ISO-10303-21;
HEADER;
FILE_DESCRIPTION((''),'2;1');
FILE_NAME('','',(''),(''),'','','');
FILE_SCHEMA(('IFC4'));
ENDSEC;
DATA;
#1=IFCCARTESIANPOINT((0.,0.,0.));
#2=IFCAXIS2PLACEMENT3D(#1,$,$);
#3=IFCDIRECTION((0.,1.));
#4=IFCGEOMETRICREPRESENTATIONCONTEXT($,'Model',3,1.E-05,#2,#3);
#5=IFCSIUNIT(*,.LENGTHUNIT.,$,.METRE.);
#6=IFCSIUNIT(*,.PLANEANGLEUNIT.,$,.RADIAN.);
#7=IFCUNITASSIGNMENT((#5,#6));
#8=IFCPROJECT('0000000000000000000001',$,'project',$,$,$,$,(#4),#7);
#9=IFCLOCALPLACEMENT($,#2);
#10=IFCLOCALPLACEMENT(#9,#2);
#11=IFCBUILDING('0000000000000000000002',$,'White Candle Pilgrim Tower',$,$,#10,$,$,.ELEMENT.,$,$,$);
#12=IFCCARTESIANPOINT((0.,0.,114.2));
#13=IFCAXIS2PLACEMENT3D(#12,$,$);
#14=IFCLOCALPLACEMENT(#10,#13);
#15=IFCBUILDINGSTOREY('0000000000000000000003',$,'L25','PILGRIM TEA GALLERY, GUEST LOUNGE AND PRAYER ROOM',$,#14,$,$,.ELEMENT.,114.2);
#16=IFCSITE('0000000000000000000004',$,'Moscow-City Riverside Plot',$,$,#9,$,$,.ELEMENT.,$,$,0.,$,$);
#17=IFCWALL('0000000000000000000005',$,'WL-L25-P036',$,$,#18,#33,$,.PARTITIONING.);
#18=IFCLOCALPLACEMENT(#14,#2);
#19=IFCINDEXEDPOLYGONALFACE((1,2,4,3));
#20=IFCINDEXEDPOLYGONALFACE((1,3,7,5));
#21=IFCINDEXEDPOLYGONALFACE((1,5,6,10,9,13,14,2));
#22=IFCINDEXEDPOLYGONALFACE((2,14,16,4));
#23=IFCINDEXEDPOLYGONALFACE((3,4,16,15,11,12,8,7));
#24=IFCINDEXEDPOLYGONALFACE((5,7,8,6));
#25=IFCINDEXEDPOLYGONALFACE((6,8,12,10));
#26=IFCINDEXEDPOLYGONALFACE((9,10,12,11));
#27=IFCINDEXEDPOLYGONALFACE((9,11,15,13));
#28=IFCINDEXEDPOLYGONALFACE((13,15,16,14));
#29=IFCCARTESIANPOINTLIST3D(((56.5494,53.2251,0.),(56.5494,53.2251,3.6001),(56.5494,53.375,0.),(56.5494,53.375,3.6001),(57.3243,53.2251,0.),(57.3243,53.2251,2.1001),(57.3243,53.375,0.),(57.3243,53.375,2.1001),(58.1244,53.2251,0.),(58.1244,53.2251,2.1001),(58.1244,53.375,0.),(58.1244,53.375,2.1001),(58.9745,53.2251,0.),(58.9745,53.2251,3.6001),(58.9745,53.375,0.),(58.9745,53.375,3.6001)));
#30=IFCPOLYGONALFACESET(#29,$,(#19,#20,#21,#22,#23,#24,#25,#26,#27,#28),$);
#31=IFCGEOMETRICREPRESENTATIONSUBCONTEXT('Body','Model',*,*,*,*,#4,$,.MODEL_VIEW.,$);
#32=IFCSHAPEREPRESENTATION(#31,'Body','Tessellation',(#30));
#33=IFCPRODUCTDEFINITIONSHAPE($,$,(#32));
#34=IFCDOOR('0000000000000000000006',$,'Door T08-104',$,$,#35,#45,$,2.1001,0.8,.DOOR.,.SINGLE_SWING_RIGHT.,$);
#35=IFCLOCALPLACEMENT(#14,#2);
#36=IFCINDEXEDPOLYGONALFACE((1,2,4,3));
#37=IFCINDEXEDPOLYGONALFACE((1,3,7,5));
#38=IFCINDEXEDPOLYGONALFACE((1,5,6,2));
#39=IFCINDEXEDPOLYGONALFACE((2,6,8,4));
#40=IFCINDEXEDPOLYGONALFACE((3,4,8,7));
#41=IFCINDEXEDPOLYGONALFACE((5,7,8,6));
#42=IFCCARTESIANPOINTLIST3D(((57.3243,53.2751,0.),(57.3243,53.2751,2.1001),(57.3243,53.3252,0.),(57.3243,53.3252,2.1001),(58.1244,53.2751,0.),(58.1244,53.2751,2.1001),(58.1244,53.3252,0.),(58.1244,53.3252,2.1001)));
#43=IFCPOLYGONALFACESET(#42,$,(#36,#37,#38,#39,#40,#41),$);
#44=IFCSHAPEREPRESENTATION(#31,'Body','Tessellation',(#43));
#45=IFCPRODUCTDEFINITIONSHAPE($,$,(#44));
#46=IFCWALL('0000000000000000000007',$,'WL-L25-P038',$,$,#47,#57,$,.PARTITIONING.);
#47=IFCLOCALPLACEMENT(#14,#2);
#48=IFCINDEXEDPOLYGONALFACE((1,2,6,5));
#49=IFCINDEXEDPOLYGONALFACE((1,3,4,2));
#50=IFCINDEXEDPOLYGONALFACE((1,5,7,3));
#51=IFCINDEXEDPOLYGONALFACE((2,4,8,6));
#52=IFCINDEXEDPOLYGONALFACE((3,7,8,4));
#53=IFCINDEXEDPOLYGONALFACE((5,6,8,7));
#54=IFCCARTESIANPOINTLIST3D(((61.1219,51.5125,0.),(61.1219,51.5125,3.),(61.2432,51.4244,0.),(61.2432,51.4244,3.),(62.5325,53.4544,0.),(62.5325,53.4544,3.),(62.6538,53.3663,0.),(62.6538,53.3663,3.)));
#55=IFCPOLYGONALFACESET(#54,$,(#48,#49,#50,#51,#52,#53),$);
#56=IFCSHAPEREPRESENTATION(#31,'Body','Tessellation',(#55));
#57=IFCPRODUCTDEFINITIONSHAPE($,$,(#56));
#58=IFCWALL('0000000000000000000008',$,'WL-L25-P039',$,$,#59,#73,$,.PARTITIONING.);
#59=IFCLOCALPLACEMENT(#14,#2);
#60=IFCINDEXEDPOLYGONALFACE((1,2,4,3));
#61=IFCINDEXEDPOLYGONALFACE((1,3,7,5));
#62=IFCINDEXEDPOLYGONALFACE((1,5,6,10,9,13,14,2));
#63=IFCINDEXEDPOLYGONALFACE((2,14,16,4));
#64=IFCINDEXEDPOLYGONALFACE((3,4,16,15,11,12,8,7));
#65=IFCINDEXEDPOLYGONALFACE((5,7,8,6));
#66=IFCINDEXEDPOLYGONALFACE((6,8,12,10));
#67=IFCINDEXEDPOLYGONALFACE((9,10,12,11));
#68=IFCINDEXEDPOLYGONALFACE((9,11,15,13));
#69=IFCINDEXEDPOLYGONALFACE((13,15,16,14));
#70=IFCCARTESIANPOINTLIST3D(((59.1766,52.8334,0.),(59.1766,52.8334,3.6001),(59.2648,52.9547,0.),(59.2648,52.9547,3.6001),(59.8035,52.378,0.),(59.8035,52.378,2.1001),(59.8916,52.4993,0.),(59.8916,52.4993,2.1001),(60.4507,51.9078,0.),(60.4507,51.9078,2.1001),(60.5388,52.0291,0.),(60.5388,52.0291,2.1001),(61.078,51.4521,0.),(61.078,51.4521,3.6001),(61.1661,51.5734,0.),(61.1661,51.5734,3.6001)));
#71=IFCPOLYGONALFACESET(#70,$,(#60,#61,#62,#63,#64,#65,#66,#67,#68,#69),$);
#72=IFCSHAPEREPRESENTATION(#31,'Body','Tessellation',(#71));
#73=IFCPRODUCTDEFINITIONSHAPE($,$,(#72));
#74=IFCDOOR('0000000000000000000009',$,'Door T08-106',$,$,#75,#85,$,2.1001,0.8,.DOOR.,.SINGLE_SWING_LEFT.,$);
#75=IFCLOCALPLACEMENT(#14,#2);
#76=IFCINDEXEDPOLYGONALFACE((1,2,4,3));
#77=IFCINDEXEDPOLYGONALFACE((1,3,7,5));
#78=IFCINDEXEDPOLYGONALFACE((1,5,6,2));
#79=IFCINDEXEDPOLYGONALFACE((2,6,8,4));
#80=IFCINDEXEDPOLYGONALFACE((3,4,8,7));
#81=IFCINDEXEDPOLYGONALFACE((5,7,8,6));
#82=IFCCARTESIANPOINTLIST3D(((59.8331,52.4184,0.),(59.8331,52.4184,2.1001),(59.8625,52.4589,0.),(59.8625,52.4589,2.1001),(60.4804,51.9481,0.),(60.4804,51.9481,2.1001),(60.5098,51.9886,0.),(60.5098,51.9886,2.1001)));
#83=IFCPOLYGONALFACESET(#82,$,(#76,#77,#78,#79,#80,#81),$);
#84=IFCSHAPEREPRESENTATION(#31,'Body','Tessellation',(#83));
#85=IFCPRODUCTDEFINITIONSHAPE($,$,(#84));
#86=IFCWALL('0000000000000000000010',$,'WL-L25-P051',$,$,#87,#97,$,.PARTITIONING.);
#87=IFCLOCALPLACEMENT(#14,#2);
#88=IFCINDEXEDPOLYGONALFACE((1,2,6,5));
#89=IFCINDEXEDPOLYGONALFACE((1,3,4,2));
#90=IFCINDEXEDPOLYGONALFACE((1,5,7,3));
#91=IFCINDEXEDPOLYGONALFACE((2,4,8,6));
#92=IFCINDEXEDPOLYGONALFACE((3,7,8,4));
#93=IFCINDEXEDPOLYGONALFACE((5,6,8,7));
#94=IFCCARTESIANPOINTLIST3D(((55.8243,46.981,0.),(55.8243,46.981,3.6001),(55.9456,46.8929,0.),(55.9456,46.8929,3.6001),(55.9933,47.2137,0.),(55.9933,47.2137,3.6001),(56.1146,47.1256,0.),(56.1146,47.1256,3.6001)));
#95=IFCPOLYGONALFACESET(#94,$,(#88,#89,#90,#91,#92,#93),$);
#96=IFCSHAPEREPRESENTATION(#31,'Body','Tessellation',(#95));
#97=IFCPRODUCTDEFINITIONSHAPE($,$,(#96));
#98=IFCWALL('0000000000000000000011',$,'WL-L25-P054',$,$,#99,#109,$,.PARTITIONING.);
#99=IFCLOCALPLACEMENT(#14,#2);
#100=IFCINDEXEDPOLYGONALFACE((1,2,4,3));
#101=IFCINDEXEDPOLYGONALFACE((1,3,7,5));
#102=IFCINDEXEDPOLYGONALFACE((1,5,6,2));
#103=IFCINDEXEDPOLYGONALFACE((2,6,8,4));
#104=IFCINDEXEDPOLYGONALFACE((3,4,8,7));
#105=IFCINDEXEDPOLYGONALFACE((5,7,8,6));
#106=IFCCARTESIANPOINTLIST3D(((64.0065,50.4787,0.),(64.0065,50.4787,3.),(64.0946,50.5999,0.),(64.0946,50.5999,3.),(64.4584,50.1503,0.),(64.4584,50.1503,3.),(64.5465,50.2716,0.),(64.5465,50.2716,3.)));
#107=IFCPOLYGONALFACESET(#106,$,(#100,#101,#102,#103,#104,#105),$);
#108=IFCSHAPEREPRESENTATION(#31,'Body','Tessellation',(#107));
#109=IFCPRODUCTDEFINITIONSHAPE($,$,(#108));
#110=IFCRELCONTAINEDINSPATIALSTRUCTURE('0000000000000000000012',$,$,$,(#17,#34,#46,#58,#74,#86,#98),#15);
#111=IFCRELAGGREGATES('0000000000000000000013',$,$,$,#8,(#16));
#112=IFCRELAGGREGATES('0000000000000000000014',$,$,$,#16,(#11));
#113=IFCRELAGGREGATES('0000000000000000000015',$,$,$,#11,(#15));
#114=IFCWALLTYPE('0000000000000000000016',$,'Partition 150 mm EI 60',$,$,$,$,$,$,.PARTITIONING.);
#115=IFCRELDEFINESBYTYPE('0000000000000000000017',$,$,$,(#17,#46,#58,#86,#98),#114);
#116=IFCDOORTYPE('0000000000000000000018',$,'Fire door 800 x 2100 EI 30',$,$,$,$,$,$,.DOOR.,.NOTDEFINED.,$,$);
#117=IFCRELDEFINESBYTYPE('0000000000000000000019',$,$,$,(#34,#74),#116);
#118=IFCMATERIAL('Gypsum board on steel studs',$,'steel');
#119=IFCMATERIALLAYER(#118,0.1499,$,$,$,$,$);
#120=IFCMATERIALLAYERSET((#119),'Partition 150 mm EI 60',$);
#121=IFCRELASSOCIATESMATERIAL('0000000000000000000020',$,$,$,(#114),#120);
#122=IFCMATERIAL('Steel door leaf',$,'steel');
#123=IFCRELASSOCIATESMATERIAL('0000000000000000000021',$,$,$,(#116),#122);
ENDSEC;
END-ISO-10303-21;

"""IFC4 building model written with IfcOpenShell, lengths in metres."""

from ifc_helpers import new_model, si_unit, direction, frame, frame_2d, origin, place, context, subcontext, project, spatial, rectangle, extrude, material, layer, layer_set, type_object, element, fill, save


model = new_model("IFC4")

# Units and contexts
model_context = context("Model", 3, precision=1e-05, world=origin(), true_north=direction((0.0, 1.0)))
body_context = subcontext(model_context, "Body", "Model", "MODEL_VIEW")
ifc_project = project(units=[si_unit("LENGTHUNIT", "METRE"), si_unit("PLANEANGLEUNIT", "RADIAN")], contexts=[model_context])

# Site, building, storey
site_placement = place(None, origin())
site = spatial("IfcSite", under=ifc_project, at=site_placement, Name="Moscow-City Riverside Plot", CompositionType="ELEMENT", RefElevation=0.0)
building_placement = place(site_placement, origin())
building = spatial("IfcBuilding", under=site, at=building_placement, Name="White Candle Pilgrim Tower", CompositionType="ELEMENT")
storey_placement = place(building_placement, frame((0.0, 0.0, 114.2)))
storey = spatial("IfcBuildingStorey", under=building, at=storey_placement, Name="L25", Description="PILGRIM TEA GALLERY, GUEST LOUNGE AND PRAYER ROOM", CompositionType="ELEMENT", Elevation=114.2)

# Shared definitions
ifc_material_1 = material(Name="Gypsum board on steel studs", Category="steel")
ifc_layer_1 = layer(ifc_material_1, 0.1499)
ifc_layer_set_1 = layer_set([ifc_layer_1], Name="Partition 150 mm EI 60")
wall_type_1 = type_object("IfcWallType", Name="Partition 150 mm EI 60", PredefinedType="PARTITIONING", material=ifc_layer_set_1)

# Wall, opening, door
wall_1_placement = place(storey_placement, frame((58.9744, 53.3, 0.0), z_axis=(0.0, 0.0, 1.0), x_axis=(-1.0, 0.0, 0.0)))
wall_1 = element("IfcWall", 1, at=wall_1_placement, inside=storey, type_object=wall_type_1, Name="WL-L25-P036", PredefinedType="PARTITIONING", context=body_context, shape_type="SweptSolid", body=[
    extrude(rectangle(XDim=2.425, YDim=0.1499, at=frame_2d((1.2124, 0.0))), origin(), (0.0, 0.0, 1.0), 3.6001),
])
opening_1_placement = place(wall_1_placement, frame((0.8501, 0.0, 0.0)))
opening_1 = element("IfcOpeningElement", 2, at=opening_1_placement, cuts=wall_1, PredefinedType="OPENING", context=body_context, shape_type="SweptSolid", body=[
    extrude(rectangle(XDim=0.8, YDim=2.1001, at=frame_2d((0.3999, 1.05))), frame((0.0, 0.085, 0.0), z_axis=(0.0, -1.0, 0.0), x_axis=(1.0, 0.0, 0.0)), (0.0, 0.0, 1.0), 0.1699),
])
ifc_material_2 = material(Name="Steel door leaf", Category="steel")
door_type = type_object("IfcDoorType", Name="Fire door 800 x 2100 EI 30", OperationType="NOTDEFINED", PredefinedType="DOOR", material=ifc_material_2)
door_1_placement = place(opening_1_placement, origin())
door_1 = element("IfcDoor", 3, at=door_1_placement, inside=storey, type_object=door_type, Name="Door T08-104", OperationType="SINGLE_SWING_RIGHT", OverallHeight=2.1001, OverallWidth=0.8, PredefinedType="DOOR", context=body_context, shape_type="SweptSolid", body=[
    extrude(rectangle(XDim=0.8, YDim=2.1001, at=frame_2d((0.3999, 1.05))), frame((0.0, 0.0249, 0.0), z_axis=(0.0, -1.0, 0.0), x_axis=(1.0, 0.0, 0.0)), (0.0, 0.0, 1.0), 0.05),
])
fill(opening_1, door_1)

# Wall
wall_2_placement = place(storey_placement, frame((62.5933, 53.4104, 0.0), z_axis=(0.0, 0.0, 1.0), x_axis=(-0.587724, -0.809061, 0.0)))
element("IfcWall", 4, at=wall_2_placement, inside=storey, type_object=wall_type_1, Name="WL-L25-P038", PredefinedType="PARTITIONING", context=body_context, shape_type="SweptSolid", body=[
    extrude(rectangle(XDim=2.4001, YDim=0.1499, at=frame_2d((1.2002, 0.0))), origin(), (0.0, 0.0, 1.0), 3.0),
])

# Wall, opening, door
wall_3_placement = place(storey_placement, frame((59.2207, 52.894, 0.0), z_axis=(0.0, 0.0, 1.0), x_axis=(0.809032, -0.587764, 0.0)))
wall_3 = element("IfcWall", 5, at=wall_3_placement, inside=storey, type_object=wall_type_1, Name="WL-L25-P039", PredefinedType="PARTITIONING", context=body_context, shape_type="SweptSolid", body=[
    extrude(rectangle(XDim=2.3501, YDim=0.1499, at=frame_2d((1.175, 0.0))), origin(), (0.0, 0.0, 1.0), 3.6001),
])
opening_2_placement = place(wall_3_placement, frame((0.7749, 0.0, 0.0)))
opening_2 = element("IfcOpeningElement", 6, at=opening_2_placement, cuts=wall_3, PredefinedType="OPENING", context=body_context, shape_type="SweptSolid", body=[
    extrude(rectangle(XDim=0.8, YDim=2.1001, at=frame_2d((0.3999, 1.05))), frame((0.0, 0.085, 0.0), z_axis=(0.0, -1.0, 0.0), x_axis=(1.0, 0.0, 0.0)), (0.0, 0.0, 1.0), 0.1699),
])
door_2_placement = place(opening_2_placement, frame((0.8, 0.0, 0.0), z_axis=(0.0, 0.0, 1.0), x_axis=(-1.0, 0.0, 0.0)))
door_2 = element("IfcDoor", 7, at=door_2_placement, inside=storey, type_object=door_type, Name="Door T08-106", OperationType="SINGLE_SWING_LEFT", OverallHeight=2.1001, OverallWidth=0.8, PredefinedType="DOOR", context=body_context, shape_type="SweptSolid", body=[
    extrude(rectangle(XDim=0.8, YDim=2.1001, at=frame_2d((0.3999, 1.05))), frame((0.0, 0.0249, 0.0), z_axis=(0.0, -1.0, 0.0), x_axis=(1.0, 0.0, 0.0)), (0.0, 0.0, 1.0), 0.05),
])
fill(opening_2, door_2)

# Walls
wall_4_placement = place(storey_placement, frame((56.054, 47.1697, 0.0), z_axis=(0.0, 0.0, 1.0), x_axis=(-0.587566, -0.809176, 0.0)))
element("IfcWall", 8, at=wall_4_placement, inside=storey, type_object=wall_type_1, Name="WL-L25-P051", PredefinedType="PARTITIONING", context=body_context, shape_type="SweptSolid", body=[
    extrude(rectangle(XDim=0.2876, YDim=0.1499, at=frame_2d((0.1438, 0.0))), origin(), (0.0, 0.0, 1.0), 3.6001),
])
wall_5_placement = place(storey_placement, frame((64.0505, 50.5393, 0.0), z_axis=(0.0, 0.0, 1.0), x_axis=(0.808982, -0.587834, 0.0)))
element("IfcWall", 9, at=wall_5_placement, inside=storey, type_object=wall_type_1, Name="WL-L25-P054", PredefinedType="PARTITIONING", context=body_context, shape_type="SweptSolid", body=[
    extrude(rectangle(XDim=0.5586, YDim=0.1499, at=frame_2d((0.2793, 0.0))), origin(), (0.0, 0.0, 1.0), 3.0),
])

save(model, "model.ifc")
